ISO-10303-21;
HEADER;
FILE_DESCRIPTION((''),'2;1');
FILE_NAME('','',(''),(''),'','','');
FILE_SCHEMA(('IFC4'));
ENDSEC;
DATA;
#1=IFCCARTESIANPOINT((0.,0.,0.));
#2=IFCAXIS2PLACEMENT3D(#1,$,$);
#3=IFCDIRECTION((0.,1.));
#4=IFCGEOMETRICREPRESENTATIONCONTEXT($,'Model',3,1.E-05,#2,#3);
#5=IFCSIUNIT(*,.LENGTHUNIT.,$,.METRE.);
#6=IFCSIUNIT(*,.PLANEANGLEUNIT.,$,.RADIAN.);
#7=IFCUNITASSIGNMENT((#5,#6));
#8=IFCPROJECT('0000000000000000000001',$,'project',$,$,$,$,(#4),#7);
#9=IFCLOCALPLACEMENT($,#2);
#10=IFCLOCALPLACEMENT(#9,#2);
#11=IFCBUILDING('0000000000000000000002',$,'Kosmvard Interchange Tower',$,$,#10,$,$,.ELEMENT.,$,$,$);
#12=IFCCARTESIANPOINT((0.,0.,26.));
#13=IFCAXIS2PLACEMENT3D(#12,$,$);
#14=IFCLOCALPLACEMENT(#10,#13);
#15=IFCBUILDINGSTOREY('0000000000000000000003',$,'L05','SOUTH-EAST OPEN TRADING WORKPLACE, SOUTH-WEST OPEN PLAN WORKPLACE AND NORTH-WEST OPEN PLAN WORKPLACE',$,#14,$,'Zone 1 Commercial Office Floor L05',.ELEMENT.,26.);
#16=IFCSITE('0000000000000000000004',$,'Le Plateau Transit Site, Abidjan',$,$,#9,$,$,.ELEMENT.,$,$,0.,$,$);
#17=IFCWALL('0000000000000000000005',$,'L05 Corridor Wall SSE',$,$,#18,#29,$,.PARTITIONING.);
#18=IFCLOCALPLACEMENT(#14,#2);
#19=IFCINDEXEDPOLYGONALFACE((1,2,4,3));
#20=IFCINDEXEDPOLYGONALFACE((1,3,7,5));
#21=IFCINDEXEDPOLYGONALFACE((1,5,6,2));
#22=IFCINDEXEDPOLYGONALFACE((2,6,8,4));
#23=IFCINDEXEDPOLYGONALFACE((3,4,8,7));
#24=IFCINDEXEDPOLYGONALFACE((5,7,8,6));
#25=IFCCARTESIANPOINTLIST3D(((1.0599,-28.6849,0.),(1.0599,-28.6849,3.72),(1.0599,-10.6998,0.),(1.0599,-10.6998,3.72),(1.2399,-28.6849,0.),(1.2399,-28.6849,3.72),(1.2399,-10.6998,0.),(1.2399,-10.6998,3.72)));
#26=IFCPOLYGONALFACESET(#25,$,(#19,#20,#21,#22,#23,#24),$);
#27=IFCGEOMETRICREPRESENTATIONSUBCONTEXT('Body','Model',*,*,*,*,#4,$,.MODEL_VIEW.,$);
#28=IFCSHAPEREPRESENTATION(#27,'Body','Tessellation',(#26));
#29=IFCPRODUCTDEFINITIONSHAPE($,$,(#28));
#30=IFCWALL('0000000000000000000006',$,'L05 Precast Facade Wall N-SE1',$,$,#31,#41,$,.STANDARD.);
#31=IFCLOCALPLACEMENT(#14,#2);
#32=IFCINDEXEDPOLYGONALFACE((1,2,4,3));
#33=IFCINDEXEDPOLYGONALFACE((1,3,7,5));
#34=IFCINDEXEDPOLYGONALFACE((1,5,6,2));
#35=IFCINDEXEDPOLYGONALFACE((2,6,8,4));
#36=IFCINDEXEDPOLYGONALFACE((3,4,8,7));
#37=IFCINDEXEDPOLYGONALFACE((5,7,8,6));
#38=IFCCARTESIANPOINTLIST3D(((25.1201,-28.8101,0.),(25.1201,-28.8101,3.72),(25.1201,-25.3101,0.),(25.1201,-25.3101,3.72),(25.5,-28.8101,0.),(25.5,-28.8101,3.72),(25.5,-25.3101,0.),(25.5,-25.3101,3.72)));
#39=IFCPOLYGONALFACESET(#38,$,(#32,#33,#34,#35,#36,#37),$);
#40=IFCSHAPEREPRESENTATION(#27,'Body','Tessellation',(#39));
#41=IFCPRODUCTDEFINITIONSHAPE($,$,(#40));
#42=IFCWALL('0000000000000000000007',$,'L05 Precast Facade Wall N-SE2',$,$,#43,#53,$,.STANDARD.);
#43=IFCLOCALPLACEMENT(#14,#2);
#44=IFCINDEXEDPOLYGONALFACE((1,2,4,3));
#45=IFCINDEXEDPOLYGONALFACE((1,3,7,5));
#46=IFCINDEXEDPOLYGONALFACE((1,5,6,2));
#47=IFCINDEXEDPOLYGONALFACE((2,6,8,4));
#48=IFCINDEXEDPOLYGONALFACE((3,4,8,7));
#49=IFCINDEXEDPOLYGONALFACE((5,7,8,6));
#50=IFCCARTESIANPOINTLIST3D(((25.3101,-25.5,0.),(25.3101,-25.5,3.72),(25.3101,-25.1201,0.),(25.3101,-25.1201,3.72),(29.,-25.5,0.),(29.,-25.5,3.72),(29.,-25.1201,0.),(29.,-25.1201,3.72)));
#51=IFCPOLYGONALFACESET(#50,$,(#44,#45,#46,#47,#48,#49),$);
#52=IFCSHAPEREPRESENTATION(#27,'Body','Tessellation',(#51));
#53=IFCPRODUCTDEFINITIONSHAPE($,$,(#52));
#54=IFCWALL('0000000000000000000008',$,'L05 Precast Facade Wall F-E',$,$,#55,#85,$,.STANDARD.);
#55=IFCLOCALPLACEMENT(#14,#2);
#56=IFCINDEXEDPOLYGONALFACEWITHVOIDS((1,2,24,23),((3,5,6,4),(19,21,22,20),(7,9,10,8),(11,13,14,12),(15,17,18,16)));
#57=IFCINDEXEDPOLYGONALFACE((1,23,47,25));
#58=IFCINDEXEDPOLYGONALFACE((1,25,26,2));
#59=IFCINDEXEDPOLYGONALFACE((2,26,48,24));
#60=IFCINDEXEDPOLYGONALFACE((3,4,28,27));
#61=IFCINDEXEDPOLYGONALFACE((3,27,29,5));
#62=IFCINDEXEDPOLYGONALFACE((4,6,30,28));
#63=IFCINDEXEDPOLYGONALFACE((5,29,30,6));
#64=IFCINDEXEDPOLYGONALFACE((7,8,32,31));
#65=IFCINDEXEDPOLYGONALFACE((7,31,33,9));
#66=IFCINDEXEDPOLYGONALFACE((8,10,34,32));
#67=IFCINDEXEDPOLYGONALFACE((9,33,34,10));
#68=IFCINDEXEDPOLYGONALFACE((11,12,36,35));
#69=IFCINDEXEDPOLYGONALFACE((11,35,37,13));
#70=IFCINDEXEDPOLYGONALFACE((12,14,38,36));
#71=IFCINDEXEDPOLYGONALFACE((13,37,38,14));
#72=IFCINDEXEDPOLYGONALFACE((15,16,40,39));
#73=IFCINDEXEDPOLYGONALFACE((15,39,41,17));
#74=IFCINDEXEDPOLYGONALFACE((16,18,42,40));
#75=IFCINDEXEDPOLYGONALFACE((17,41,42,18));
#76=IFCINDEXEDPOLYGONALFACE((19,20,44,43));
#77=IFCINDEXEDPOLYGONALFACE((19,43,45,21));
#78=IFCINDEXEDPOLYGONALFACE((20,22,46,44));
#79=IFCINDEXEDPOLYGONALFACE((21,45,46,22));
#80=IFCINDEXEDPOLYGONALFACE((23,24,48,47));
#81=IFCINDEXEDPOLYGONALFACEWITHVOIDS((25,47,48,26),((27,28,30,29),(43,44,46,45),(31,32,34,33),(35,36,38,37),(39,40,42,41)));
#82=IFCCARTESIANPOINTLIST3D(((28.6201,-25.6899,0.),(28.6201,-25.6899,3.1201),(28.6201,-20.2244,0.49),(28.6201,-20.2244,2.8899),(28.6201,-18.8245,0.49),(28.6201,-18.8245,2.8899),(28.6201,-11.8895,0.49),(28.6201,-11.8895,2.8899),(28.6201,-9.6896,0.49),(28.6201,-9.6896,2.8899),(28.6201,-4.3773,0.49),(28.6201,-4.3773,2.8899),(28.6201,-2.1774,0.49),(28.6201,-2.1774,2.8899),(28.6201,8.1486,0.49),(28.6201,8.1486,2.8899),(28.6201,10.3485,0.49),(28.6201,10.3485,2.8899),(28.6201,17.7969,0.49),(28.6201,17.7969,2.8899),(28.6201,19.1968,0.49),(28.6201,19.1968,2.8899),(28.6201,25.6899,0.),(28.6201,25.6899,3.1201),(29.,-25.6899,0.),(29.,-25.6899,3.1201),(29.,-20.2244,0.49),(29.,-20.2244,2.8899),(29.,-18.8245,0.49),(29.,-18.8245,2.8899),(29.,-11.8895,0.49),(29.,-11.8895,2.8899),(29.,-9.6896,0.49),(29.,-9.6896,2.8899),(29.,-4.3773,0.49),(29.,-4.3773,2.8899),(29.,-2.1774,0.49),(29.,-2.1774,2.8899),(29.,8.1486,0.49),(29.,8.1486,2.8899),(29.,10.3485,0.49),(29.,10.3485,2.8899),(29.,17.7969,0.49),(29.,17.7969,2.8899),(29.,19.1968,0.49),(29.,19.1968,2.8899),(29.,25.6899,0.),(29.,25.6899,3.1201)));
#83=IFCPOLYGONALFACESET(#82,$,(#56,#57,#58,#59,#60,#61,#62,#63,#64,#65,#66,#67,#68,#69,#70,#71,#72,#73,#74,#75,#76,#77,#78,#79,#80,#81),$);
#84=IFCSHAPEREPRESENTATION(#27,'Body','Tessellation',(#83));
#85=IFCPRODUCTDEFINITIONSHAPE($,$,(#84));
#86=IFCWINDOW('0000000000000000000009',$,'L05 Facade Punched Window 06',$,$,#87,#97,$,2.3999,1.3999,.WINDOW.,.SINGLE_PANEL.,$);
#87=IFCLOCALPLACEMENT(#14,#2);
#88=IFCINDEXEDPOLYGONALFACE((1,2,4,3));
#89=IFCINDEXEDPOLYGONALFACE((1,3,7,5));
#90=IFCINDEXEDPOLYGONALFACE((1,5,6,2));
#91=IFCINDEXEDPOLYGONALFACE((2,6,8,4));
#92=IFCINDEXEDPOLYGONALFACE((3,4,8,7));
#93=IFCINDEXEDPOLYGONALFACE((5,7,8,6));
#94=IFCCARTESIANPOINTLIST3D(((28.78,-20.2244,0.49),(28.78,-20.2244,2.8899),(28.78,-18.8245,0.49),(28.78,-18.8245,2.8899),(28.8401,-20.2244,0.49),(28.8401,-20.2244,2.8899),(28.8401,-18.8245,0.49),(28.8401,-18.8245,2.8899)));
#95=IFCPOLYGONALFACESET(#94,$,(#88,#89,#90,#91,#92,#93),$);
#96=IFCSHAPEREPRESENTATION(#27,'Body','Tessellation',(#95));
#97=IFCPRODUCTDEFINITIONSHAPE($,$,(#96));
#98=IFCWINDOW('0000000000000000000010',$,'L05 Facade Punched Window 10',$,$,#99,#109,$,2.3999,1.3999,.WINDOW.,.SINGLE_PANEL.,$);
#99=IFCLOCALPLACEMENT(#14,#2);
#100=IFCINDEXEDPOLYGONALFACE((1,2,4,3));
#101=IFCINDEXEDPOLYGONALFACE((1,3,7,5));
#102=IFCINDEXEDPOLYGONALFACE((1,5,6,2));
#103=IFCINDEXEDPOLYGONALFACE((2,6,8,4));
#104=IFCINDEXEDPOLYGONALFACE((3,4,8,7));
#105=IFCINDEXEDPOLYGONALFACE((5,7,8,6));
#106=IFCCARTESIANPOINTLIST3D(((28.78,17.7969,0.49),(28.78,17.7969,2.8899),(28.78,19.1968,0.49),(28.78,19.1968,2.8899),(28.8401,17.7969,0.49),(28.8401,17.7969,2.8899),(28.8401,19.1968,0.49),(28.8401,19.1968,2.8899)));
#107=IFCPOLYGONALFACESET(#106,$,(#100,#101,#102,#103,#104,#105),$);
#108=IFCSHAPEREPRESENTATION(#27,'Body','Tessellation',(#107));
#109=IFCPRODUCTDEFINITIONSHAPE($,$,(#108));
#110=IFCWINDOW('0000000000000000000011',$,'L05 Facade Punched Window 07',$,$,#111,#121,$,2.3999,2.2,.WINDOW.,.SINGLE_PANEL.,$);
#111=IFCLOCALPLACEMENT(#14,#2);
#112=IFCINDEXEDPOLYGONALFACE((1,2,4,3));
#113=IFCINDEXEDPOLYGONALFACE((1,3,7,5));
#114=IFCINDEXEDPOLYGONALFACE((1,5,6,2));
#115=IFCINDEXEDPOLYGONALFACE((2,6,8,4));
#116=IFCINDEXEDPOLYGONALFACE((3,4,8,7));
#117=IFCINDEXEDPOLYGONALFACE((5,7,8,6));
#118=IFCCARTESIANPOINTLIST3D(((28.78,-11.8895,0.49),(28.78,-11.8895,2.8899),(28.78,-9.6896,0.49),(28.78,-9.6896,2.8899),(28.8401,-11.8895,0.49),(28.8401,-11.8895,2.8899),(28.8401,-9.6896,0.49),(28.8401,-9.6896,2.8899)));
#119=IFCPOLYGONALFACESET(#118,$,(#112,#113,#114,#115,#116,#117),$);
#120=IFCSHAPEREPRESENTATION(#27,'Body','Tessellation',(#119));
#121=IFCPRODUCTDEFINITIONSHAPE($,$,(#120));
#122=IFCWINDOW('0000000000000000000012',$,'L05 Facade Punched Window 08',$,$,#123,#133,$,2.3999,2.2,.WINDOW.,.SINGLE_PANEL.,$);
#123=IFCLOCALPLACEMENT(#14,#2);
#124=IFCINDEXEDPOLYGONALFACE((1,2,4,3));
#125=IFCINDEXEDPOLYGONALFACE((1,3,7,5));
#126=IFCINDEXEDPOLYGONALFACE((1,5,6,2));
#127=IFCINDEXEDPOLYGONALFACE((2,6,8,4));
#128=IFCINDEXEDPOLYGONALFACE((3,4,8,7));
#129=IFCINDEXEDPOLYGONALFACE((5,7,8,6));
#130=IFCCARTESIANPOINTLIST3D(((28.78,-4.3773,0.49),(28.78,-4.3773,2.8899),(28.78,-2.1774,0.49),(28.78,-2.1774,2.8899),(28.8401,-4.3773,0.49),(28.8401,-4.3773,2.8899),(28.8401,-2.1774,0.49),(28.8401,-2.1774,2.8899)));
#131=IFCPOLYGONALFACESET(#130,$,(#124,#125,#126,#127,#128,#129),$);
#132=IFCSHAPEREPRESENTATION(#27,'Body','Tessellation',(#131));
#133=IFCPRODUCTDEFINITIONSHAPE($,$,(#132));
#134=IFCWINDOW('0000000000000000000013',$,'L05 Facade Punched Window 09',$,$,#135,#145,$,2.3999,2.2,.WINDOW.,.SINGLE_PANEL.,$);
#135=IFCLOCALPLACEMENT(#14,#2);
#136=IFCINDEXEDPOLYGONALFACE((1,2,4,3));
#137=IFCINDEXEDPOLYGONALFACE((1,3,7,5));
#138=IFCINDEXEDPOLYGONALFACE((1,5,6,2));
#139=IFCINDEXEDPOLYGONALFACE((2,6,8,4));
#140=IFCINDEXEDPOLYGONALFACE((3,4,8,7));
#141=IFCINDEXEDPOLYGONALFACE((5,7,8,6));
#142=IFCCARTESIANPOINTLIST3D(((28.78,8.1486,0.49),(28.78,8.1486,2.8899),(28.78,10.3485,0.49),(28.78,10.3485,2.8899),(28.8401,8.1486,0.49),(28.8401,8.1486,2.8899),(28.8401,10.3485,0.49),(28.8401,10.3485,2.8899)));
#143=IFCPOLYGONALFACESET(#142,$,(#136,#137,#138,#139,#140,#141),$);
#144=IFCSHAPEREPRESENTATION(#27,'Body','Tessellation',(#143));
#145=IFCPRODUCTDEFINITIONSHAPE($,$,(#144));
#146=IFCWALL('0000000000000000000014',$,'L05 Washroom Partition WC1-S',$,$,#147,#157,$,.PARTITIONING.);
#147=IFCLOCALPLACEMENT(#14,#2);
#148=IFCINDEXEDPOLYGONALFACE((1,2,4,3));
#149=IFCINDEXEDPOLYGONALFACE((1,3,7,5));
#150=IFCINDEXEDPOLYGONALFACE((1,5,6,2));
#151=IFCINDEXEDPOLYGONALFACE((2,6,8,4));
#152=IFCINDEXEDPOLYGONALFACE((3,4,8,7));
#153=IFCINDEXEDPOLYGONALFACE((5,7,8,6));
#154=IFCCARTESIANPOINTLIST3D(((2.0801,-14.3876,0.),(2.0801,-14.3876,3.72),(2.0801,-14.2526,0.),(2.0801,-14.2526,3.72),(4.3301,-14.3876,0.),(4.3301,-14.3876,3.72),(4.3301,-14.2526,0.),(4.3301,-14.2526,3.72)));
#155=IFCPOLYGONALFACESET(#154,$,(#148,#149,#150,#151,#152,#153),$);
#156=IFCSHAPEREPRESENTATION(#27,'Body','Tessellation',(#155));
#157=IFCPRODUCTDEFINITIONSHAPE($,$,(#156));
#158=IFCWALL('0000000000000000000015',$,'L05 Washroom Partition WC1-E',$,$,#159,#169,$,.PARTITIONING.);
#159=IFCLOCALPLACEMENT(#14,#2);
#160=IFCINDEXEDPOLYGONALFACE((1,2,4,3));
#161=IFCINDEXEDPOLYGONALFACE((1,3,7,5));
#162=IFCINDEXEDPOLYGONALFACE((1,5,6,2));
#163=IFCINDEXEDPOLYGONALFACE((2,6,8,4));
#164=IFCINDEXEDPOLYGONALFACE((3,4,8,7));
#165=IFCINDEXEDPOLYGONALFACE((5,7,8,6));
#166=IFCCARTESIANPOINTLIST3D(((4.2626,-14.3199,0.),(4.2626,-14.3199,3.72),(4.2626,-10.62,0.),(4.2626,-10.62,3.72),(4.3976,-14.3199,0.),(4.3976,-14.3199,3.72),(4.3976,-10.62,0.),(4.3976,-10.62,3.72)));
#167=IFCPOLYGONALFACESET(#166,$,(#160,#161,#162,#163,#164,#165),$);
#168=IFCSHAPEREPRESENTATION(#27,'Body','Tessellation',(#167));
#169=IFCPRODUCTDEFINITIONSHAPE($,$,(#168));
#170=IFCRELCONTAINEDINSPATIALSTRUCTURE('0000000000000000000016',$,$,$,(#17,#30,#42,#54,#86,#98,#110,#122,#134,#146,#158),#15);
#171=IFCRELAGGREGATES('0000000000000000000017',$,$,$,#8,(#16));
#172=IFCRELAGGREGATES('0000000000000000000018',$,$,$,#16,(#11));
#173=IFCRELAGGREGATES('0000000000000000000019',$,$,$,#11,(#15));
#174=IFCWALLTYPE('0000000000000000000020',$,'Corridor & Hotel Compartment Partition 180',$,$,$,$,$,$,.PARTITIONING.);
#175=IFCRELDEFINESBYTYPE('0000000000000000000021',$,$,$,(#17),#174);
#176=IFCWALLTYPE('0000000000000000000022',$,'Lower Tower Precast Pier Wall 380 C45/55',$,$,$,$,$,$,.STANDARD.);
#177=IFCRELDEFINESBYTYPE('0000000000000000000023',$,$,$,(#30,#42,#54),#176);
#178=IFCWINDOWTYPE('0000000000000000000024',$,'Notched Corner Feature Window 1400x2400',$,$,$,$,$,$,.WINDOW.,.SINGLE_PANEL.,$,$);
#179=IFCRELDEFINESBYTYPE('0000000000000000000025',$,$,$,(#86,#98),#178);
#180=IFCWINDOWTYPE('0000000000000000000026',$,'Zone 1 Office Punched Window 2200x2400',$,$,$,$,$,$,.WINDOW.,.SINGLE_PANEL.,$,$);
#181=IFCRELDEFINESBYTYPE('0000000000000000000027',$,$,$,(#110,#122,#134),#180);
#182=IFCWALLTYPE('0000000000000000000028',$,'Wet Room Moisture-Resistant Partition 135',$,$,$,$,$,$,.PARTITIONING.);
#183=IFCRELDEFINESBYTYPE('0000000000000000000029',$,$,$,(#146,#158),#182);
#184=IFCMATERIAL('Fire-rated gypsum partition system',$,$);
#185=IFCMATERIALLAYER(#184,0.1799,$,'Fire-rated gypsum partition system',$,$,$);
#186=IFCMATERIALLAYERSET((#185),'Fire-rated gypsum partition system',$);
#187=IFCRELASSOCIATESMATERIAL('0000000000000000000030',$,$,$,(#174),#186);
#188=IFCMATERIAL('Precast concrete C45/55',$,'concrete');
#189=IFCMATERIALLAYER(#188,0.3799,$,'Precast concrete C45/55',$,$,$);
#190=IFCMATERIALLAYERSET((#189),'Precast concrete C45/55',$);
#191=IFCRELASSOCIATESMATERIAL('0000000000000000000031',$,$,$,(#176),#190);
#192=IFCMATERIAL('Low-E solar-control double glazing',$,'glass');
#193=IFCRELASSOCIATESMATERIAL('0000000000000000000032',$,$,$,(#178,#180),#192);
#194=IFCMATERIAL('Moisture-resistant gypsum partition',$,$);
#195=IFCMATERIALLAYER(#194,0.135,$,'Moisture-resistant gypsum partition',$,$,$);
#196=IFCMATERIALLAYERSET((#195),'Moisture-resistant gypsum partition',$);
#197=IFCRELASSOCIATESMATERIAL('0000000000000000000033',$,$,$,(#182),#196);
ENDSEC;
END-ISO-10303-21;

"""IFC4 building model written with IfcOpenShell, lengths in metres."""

from ifc_helpers import new_model, si_unit, direction, frame, frame_2d, origin, place, context, subcontext, project, spatial, rectangle, extrude, source, transform, mapped, material, layer, layer_set, type_object, element, fill, save


model = new_model("IFC4")

# Units and contexts
model_context = context("Model", 3, precision=1e-05, world=origin(), true_north=direction((0.0, 1.0)))
body_context = subcontext(model_context, "Body", "Model", "MODEL_VIEW")
ifc_project = project(units=[si_unit("LENGTHUNIT", "METRE"), si_unit("PLANEANGLEUNIT", "RADIAN")], contexts=[model_context])

# Site, building, storey
site_placement = place(None, origin())
site = spatial("IfcSite", under=ifc_project, at=site_placement, Name="Le Plateau Transit Site, Abidjan", CompositionType="ELEMENT", RefElevation=0.0)
building_placement = place(site_placement, origin())
building = spatial("IfcBuilding", under=site, at=building_placement, Name="Kosmvard Interchange Tower", CompositionType="ELEMENT")
storey_placement = place(building_placement, frame((0.0, 0.0, 26.0)))
storey = spatial("IfcBuildingStorey", under=building, at=storey_placement, Name="L05", Description="SOUTH-EAST OPEN TRADING WORKPLACE, SOUTH-WEST OPEN PLAN WORKPLACE AND NORTH-WEST OPEN PLAN WORKPLACE", LongName="Zone 1 Commercial Office Floor L05", CompositionType="ELEMENT", Elevation=26.0)

# Walls
ifc_material_1 = material(Name="Fire-rated gypsum partition system")
ifc_layer_1 = layer(ifc_material_1, 0.1799, Name="Fire-rated gypsum partition system")
ifc_layer_set_1 = layer_set([ifc_layer_1], Name="Fire-rated gypsum partition system")
wall_type_1 = type_object("IfcWallType", Name="Corridor & Hotel Compartment Partition 180", PredefinedType="PARTITIONING", material=ifc_layer_set_1)
wall_1_placement = place(storey_placement, frame((1.1499, -28.6851, 0.0), z_axis=(0.0, 0.0, 1.0), x_axis=(0.0, 1.0, 0.0)))
element("IfcWall", 1, at=wall_1_placement, inside=storey, type_object=wall_type_1, Name="L05 Corridor Wall SSE", PredefinedType="PARTITIONING", context=body_context, shape_type="SweptSolid", body=[
    extrude(rectangle(XDim=17.9851, YDim=0.1799, at=frame_2d((8.9927, 0.0))), origin(), (0.0, 0.0, 1.0), 3.72),
])
ifc_material_2 = material(Name="Precast concrete C45/55", Category="concrete")
ifc_layer_2 = layer(ifc_material_2, 0.3799, Name="Precast concrete C45/55")
ifc_layer_set_2 = layer_set([ifc_layer_2], Name="Precast concrete C45/55")
wall_type_2 = type_object("IfcWallType", Name="Lower Tower Precast Pier Wall 380 C45/55", PredefinedType="STANDARD", material=ifc_layer_set_2)
wall_2_placement = place(storey_placement, frame((25.3101, -28.8101, 0.0), z_axis=(0.0, 0.0, 1.0), x_axis=(0.0, 1.0, 0.0)))
element("IfcWall", 2, at=wall_2_placement, inside=storey, type_object=wall_type_2, Name="L05 Precast Facade Wall N-SE1", PredefinedType="STANDARD", context=body_context, shape_type="SweptSolid", body=[
    extrude(rectangle(XDim=3.5, YDim=0.3799, at=frame_2d((1.75, 0.0))), origin(), (0.0, 0.0, 1.0), 3.72),
])
wall_3_placement = place(storey_placement, frame((25.3101, -25.3101, 0.0), z_axis=(0.0, 0.0, 1.0), x_axis=(1.0, 0.0, 0.0)))
element("IfcWall", 3, at=wall_3_placement, inside=storey, type_object=wall_type_2, Name="L05 Precast Facade Wall N-SE2", PredefinedType="STANDARD", context=body_context, shape_type="SweptSolid", body=[
    extrude(rectangle(XDim=3.6899, YDim=0.3799, at=frame_2d((1.845, 0.0))), origin(), (0.0, 0.0, 1.0), 3.72),
])

# Wall, openings, windows
wall_4_placement = place(storey_placement, frame((28.8101, -25.6899, 0.0), z_axis=(0.0, 0.0, 1.0), x_axis=(0.0, 1.0, 0.0)))
wall_4 = element("IfcWall", 4, at=wall_4_placement, inside=storey, type_object=wall_type_2, Name="L05 Precast Facade Wall F-E", PredefinedType="STANDARD", context=body_context, shape_type="SweptSolid", body=[
    extrude(rectangle(XDim=51.3799, YDim=0.3799, at=frame_2d((25.6899, 0.0))), origin(), (0.0, 0.0, 1.0), 3.1201),
])
opening_1_placement = place(wall_4_placement, frame((5.4656, 0.0, 0.49)))
opening_1 = element("IfcOpeningElement", 5, at=opening_1_placement, cuts=wall_4, PredefinedType="OPENING", context=body_context, shape_type="SweptSolid", body=[
    extrude(rectangle(XDim=1.3999, YDim=2.3999, at=frame_2d((0.7, 1.2))), frame((0.0, 0.2, 0.0), z_axis=(0.0, -1.0, 0.0), x_axis=(1.0, 0.0, 0.0)), (0.0, 0.0, 1.0), 0.3999),
])
opening_2_placement = place(wall_4_placement, frame((13.8003, 0.0, 0.49)))
opening_2 = element("IfcOpeningElement", 6, at=opening_2_placement, cuts=wall_4, PredefinedType="OPENING", context=body_context, shape_type="SweptSolid", body=[
    extrude(rectangle(XDim=2.2, YDim=2.3999, at=frame_2d((1.1001, 1.2))), frame((0.0, 0.2, 0.0), z_axis=(0.0, -1.0, 0.0), x_axis=(1.0, 0.0, 0.0)), (0.0, 0.0, 1.0), 0.3999),
])
opening_3_placement = place(wall_4_placement, frame((21.3125, 0.0, 0.49)))
opening_3 = element("IfcOpeningElement", 7, at=opening_3_placement, cuts=wall_4, PredefinedType="OPENING", context=body_context, shape_type="SweptSolid", body=[
    extrude(rectangle(XDim=2.2, YDim=2.3999, at=frame_2d((1.1001, 1.2))), frame((0.0, 0.2, 0.0), z_axis=(0.0, -1.0, 0.0), x_axis=(1.0, 0.0, 0.0)), (0.0, 0.0, 1.0), 0.3999),
])
opening_4_placement = place(wall_4_placement, frame((33.8384, 0.0, 0.49)))
opening_4 = element("IfcOpeningElement", 8, at=opening_4_placement, cuts=wall_4, PredefinedType="OPENING", context=body_context, shape_type="SweptSolid", body=[
    extrude(rectangle(XDim=2.2, YDim=2.3999, at=frame_2d((1.1001, 1.2))), frame((0.0, 0.2, 0.0), z_axis=(0.0, -1.0, 0.0), x_axis=(1.0, 0.0, 0.0)), (0.0, 0.0, 1.0), 0.3999),
])
opening_5_placement = place(wall_4_placement, frame((43.4868, 0.0, 0.49)))
opening_5 = element("IfcOpeningElement", 9, at=opening_5_placement, cuts=wall_4, PredefinedType="OPENING", context=body_context, shape_type="SweptSolid", body=[
    extrude(rectangle(XDim=1.3999, YDim=2.3999, at=frame_2d((0.7, 1.2))), frame((0.0, 0.2, 0.0), z_axis=(0.0, -1.0, 0.0), x_axis=(1.0, 0.0, 0.0)), (0.0, 0.0, 1.0), 0.3999),
])
ifc_material_3 = material(Name="Low-E solar-control double glazing", Category="glass")
window_type_1 = type_object("IfcWindowType", Name="Notched Corner Feature Window 1400x2400", PartitioningType="SINGLE_PANEL", PredefinedType="WINDOW", material=ifc_material_3)
shared_shape_1 = source(origin(), body_context, "Body", "SweptSolid", [
    extrude(rectangle(XDim=1.3999, YDim=2.3999, at=frame_2d((0.7, 1.2))), frame((0.0, 0.03, 0.0), z_axis=(0.0, -1.0, 0.0), x_axis=(1.0, 0.0, 0.0)), (0.0, 0.0, 1.0), 0.0601),
])
window_1_placement = place(opening_1_placement, origin())
window_1 = element("IfcWindow", 10, at=window_1_placement, inside=storey, type_object=window_type_1, Name="L05 Facade Punched Window 06", OverallHeight=2.3999, OverallWidth=1.3999, PartitioningType="SINGLE_PANEL", PredefinedType="WINDOW", context=body_context, shape_type="MappedRepresentation", body=[
    mapped(shared_shape_1, transform((0.0, 0.0, 0.0), scale=1.0)),
])
fill(opening_1, window_1)
window_2_placement = place(opening_5_placement, origin())
window_2 = element("IfcWindow", 11, at=window_2_placement, inside=storey, type_object=window_type_1, Name="L05 Facade Punched Window 10", OverallHeight=2.3999, OverallWidth=1.3999, PartitioningType="SINGLE_PANEL", PredefinedType="WINDOW", context=body_context, shape_type="MappedRepresentation", body=[
    mapped(shared_shape_1, transform((0.0, 0.0, 0.0), scale=1.0)),
])
fill(opening_5, window_2)
window_type_2 = type_object("IfcWindowType", Name="Zone 1 Office Punched Window 2200x2400", PartitioningType="SINGLE_PANEL", PredefinedType="WINDOW", material=ifc_material_3)
shared_shape_2 = source(origin(), body_context, "Body", "SweptSolid", [
    extrude(rectangle(XDim=2.2, YDim=2.3999, at=frame_2d((1.1001, 1.2))), frame((0.0, 0.03, 0.0), z_axis=(0.0, -1.0, 0.0), x_axis=(1.0, 0.0, 0.0)), (0.0, 0.0, 1.0), 0.0601),
])
window_3_placement = place(opening_2_placement, origin())
window_3 = element("IfcWindow", 12, at=window_3_placement, inside=storey, type_object=window_type_2, Name="L05 Facade Punched Window 07", OverallHeight=2.3999, OverallWidth=2.2, PartitioningType="SINGLE_PANEL", PredefinedType="WINDOW", context=body_context, shape_type="MappedRepresentation", body=[
    mapped(shared_shape_2, transform((0.0, 0.0, 0.0), scale=1.0)),
])
fill(opening_2, window_3)
window_4_placement = place(opening_3_placement, origin())
window_4 = element("IfcWindow", 13, at=window_4_placement, inside=storey, type_object=window_type_2, Name="L05 Facade Punched Window 08", OverallHeight=2.3999, OverallWidth=2.2, PartitioningType="SINGLE_PANEL", PredefinedType="WINDOW", context=body_context, shape_type="MappedRepresentation", body=[
    mapped(shared_shape_2, transform((0.0, 0.0, 0.0), scale=1.0)),
])
fill(opening_3, window_4)
window_5_placement = place(opening_4_placement, origin())
window_5 = element("IfcWindow", 14, at=window_5_placement, inside=storey, type_object=window_type_2, Name="L05 Facade Punched Window 09", OverallHeight=2.3999, OverallWidth=2.2, PartitioningType="SINGLE_PANEL", PredefinedType="WINDOW", context=body_context, shape_type="MappedRepresentation", body=[
    mapped(shared_shape_2, transform((0.0, 0.0, 0.0), scale=1.0)),
])
fill(opening_4, window_5)

# Walls
ifc_material_4 = material(Name="Moisture-resistant gypsum partition")
ifc_layer_3 = layer(ifc_material_4, 0.135, Name="Moisture-resistant gypsum partition")
ifc_layer_set_3 = layer_set([ifc_layer_3], Name="Moisture-resistant gypsum partition")
wall_type_3 = type_object("IfcWallType", Name="Wet Room Moisture-Resistant Partition 135", PredefinedType="PARTITIONING", material=ifc_layer_set_3)
wall_5_placement = place(storey_placement, frame((2.0801, -14.3201, 0.0), z_axis=(0.0, 0.0, 1.0), x_axis=(1.0, 0.0, 0.0)))
element("IfcWall", 15, at=wall_5_placement, inside=storey, type_object=wall_type_3, Name="L05 Washroom Partition WC1-S", PredefinedType="PARTITIONING", context=body_context, shape_type="SweptSolid", body=[
    extrude(rectangle(XDim=2.25, YDim=0.135, at=frame_2d((1.125, 0.0))), origin(), (0.0, 0.0, 1.0), 3.72),
])
for number, where, z_axis, x_axis, name in (
    (16, (4.3301, -14.3201, 0.0), (0.0, 0.0, 1.0), (0.0, 1.0, 0.0), "L05 Washroom Partition WC1-E"),
):
    element("IfcWall", number, at=place(storey_placement, frame(where, z_axis=z_axis, x_axis=x_axis)), inside=storey, type_object=wall_type_3, Name=name, PredefinedType="PARTITIONING", context=body_context, shape_type="SweptSolid", body=[
        extrude(rectangle(XDim=3.7, YDim=0.135, at=frame_2d((1.8501, 0.0))), origin(), (0.0, 0.0, 1.0), 3.72),
    ])

save(model, "model.ifc")
